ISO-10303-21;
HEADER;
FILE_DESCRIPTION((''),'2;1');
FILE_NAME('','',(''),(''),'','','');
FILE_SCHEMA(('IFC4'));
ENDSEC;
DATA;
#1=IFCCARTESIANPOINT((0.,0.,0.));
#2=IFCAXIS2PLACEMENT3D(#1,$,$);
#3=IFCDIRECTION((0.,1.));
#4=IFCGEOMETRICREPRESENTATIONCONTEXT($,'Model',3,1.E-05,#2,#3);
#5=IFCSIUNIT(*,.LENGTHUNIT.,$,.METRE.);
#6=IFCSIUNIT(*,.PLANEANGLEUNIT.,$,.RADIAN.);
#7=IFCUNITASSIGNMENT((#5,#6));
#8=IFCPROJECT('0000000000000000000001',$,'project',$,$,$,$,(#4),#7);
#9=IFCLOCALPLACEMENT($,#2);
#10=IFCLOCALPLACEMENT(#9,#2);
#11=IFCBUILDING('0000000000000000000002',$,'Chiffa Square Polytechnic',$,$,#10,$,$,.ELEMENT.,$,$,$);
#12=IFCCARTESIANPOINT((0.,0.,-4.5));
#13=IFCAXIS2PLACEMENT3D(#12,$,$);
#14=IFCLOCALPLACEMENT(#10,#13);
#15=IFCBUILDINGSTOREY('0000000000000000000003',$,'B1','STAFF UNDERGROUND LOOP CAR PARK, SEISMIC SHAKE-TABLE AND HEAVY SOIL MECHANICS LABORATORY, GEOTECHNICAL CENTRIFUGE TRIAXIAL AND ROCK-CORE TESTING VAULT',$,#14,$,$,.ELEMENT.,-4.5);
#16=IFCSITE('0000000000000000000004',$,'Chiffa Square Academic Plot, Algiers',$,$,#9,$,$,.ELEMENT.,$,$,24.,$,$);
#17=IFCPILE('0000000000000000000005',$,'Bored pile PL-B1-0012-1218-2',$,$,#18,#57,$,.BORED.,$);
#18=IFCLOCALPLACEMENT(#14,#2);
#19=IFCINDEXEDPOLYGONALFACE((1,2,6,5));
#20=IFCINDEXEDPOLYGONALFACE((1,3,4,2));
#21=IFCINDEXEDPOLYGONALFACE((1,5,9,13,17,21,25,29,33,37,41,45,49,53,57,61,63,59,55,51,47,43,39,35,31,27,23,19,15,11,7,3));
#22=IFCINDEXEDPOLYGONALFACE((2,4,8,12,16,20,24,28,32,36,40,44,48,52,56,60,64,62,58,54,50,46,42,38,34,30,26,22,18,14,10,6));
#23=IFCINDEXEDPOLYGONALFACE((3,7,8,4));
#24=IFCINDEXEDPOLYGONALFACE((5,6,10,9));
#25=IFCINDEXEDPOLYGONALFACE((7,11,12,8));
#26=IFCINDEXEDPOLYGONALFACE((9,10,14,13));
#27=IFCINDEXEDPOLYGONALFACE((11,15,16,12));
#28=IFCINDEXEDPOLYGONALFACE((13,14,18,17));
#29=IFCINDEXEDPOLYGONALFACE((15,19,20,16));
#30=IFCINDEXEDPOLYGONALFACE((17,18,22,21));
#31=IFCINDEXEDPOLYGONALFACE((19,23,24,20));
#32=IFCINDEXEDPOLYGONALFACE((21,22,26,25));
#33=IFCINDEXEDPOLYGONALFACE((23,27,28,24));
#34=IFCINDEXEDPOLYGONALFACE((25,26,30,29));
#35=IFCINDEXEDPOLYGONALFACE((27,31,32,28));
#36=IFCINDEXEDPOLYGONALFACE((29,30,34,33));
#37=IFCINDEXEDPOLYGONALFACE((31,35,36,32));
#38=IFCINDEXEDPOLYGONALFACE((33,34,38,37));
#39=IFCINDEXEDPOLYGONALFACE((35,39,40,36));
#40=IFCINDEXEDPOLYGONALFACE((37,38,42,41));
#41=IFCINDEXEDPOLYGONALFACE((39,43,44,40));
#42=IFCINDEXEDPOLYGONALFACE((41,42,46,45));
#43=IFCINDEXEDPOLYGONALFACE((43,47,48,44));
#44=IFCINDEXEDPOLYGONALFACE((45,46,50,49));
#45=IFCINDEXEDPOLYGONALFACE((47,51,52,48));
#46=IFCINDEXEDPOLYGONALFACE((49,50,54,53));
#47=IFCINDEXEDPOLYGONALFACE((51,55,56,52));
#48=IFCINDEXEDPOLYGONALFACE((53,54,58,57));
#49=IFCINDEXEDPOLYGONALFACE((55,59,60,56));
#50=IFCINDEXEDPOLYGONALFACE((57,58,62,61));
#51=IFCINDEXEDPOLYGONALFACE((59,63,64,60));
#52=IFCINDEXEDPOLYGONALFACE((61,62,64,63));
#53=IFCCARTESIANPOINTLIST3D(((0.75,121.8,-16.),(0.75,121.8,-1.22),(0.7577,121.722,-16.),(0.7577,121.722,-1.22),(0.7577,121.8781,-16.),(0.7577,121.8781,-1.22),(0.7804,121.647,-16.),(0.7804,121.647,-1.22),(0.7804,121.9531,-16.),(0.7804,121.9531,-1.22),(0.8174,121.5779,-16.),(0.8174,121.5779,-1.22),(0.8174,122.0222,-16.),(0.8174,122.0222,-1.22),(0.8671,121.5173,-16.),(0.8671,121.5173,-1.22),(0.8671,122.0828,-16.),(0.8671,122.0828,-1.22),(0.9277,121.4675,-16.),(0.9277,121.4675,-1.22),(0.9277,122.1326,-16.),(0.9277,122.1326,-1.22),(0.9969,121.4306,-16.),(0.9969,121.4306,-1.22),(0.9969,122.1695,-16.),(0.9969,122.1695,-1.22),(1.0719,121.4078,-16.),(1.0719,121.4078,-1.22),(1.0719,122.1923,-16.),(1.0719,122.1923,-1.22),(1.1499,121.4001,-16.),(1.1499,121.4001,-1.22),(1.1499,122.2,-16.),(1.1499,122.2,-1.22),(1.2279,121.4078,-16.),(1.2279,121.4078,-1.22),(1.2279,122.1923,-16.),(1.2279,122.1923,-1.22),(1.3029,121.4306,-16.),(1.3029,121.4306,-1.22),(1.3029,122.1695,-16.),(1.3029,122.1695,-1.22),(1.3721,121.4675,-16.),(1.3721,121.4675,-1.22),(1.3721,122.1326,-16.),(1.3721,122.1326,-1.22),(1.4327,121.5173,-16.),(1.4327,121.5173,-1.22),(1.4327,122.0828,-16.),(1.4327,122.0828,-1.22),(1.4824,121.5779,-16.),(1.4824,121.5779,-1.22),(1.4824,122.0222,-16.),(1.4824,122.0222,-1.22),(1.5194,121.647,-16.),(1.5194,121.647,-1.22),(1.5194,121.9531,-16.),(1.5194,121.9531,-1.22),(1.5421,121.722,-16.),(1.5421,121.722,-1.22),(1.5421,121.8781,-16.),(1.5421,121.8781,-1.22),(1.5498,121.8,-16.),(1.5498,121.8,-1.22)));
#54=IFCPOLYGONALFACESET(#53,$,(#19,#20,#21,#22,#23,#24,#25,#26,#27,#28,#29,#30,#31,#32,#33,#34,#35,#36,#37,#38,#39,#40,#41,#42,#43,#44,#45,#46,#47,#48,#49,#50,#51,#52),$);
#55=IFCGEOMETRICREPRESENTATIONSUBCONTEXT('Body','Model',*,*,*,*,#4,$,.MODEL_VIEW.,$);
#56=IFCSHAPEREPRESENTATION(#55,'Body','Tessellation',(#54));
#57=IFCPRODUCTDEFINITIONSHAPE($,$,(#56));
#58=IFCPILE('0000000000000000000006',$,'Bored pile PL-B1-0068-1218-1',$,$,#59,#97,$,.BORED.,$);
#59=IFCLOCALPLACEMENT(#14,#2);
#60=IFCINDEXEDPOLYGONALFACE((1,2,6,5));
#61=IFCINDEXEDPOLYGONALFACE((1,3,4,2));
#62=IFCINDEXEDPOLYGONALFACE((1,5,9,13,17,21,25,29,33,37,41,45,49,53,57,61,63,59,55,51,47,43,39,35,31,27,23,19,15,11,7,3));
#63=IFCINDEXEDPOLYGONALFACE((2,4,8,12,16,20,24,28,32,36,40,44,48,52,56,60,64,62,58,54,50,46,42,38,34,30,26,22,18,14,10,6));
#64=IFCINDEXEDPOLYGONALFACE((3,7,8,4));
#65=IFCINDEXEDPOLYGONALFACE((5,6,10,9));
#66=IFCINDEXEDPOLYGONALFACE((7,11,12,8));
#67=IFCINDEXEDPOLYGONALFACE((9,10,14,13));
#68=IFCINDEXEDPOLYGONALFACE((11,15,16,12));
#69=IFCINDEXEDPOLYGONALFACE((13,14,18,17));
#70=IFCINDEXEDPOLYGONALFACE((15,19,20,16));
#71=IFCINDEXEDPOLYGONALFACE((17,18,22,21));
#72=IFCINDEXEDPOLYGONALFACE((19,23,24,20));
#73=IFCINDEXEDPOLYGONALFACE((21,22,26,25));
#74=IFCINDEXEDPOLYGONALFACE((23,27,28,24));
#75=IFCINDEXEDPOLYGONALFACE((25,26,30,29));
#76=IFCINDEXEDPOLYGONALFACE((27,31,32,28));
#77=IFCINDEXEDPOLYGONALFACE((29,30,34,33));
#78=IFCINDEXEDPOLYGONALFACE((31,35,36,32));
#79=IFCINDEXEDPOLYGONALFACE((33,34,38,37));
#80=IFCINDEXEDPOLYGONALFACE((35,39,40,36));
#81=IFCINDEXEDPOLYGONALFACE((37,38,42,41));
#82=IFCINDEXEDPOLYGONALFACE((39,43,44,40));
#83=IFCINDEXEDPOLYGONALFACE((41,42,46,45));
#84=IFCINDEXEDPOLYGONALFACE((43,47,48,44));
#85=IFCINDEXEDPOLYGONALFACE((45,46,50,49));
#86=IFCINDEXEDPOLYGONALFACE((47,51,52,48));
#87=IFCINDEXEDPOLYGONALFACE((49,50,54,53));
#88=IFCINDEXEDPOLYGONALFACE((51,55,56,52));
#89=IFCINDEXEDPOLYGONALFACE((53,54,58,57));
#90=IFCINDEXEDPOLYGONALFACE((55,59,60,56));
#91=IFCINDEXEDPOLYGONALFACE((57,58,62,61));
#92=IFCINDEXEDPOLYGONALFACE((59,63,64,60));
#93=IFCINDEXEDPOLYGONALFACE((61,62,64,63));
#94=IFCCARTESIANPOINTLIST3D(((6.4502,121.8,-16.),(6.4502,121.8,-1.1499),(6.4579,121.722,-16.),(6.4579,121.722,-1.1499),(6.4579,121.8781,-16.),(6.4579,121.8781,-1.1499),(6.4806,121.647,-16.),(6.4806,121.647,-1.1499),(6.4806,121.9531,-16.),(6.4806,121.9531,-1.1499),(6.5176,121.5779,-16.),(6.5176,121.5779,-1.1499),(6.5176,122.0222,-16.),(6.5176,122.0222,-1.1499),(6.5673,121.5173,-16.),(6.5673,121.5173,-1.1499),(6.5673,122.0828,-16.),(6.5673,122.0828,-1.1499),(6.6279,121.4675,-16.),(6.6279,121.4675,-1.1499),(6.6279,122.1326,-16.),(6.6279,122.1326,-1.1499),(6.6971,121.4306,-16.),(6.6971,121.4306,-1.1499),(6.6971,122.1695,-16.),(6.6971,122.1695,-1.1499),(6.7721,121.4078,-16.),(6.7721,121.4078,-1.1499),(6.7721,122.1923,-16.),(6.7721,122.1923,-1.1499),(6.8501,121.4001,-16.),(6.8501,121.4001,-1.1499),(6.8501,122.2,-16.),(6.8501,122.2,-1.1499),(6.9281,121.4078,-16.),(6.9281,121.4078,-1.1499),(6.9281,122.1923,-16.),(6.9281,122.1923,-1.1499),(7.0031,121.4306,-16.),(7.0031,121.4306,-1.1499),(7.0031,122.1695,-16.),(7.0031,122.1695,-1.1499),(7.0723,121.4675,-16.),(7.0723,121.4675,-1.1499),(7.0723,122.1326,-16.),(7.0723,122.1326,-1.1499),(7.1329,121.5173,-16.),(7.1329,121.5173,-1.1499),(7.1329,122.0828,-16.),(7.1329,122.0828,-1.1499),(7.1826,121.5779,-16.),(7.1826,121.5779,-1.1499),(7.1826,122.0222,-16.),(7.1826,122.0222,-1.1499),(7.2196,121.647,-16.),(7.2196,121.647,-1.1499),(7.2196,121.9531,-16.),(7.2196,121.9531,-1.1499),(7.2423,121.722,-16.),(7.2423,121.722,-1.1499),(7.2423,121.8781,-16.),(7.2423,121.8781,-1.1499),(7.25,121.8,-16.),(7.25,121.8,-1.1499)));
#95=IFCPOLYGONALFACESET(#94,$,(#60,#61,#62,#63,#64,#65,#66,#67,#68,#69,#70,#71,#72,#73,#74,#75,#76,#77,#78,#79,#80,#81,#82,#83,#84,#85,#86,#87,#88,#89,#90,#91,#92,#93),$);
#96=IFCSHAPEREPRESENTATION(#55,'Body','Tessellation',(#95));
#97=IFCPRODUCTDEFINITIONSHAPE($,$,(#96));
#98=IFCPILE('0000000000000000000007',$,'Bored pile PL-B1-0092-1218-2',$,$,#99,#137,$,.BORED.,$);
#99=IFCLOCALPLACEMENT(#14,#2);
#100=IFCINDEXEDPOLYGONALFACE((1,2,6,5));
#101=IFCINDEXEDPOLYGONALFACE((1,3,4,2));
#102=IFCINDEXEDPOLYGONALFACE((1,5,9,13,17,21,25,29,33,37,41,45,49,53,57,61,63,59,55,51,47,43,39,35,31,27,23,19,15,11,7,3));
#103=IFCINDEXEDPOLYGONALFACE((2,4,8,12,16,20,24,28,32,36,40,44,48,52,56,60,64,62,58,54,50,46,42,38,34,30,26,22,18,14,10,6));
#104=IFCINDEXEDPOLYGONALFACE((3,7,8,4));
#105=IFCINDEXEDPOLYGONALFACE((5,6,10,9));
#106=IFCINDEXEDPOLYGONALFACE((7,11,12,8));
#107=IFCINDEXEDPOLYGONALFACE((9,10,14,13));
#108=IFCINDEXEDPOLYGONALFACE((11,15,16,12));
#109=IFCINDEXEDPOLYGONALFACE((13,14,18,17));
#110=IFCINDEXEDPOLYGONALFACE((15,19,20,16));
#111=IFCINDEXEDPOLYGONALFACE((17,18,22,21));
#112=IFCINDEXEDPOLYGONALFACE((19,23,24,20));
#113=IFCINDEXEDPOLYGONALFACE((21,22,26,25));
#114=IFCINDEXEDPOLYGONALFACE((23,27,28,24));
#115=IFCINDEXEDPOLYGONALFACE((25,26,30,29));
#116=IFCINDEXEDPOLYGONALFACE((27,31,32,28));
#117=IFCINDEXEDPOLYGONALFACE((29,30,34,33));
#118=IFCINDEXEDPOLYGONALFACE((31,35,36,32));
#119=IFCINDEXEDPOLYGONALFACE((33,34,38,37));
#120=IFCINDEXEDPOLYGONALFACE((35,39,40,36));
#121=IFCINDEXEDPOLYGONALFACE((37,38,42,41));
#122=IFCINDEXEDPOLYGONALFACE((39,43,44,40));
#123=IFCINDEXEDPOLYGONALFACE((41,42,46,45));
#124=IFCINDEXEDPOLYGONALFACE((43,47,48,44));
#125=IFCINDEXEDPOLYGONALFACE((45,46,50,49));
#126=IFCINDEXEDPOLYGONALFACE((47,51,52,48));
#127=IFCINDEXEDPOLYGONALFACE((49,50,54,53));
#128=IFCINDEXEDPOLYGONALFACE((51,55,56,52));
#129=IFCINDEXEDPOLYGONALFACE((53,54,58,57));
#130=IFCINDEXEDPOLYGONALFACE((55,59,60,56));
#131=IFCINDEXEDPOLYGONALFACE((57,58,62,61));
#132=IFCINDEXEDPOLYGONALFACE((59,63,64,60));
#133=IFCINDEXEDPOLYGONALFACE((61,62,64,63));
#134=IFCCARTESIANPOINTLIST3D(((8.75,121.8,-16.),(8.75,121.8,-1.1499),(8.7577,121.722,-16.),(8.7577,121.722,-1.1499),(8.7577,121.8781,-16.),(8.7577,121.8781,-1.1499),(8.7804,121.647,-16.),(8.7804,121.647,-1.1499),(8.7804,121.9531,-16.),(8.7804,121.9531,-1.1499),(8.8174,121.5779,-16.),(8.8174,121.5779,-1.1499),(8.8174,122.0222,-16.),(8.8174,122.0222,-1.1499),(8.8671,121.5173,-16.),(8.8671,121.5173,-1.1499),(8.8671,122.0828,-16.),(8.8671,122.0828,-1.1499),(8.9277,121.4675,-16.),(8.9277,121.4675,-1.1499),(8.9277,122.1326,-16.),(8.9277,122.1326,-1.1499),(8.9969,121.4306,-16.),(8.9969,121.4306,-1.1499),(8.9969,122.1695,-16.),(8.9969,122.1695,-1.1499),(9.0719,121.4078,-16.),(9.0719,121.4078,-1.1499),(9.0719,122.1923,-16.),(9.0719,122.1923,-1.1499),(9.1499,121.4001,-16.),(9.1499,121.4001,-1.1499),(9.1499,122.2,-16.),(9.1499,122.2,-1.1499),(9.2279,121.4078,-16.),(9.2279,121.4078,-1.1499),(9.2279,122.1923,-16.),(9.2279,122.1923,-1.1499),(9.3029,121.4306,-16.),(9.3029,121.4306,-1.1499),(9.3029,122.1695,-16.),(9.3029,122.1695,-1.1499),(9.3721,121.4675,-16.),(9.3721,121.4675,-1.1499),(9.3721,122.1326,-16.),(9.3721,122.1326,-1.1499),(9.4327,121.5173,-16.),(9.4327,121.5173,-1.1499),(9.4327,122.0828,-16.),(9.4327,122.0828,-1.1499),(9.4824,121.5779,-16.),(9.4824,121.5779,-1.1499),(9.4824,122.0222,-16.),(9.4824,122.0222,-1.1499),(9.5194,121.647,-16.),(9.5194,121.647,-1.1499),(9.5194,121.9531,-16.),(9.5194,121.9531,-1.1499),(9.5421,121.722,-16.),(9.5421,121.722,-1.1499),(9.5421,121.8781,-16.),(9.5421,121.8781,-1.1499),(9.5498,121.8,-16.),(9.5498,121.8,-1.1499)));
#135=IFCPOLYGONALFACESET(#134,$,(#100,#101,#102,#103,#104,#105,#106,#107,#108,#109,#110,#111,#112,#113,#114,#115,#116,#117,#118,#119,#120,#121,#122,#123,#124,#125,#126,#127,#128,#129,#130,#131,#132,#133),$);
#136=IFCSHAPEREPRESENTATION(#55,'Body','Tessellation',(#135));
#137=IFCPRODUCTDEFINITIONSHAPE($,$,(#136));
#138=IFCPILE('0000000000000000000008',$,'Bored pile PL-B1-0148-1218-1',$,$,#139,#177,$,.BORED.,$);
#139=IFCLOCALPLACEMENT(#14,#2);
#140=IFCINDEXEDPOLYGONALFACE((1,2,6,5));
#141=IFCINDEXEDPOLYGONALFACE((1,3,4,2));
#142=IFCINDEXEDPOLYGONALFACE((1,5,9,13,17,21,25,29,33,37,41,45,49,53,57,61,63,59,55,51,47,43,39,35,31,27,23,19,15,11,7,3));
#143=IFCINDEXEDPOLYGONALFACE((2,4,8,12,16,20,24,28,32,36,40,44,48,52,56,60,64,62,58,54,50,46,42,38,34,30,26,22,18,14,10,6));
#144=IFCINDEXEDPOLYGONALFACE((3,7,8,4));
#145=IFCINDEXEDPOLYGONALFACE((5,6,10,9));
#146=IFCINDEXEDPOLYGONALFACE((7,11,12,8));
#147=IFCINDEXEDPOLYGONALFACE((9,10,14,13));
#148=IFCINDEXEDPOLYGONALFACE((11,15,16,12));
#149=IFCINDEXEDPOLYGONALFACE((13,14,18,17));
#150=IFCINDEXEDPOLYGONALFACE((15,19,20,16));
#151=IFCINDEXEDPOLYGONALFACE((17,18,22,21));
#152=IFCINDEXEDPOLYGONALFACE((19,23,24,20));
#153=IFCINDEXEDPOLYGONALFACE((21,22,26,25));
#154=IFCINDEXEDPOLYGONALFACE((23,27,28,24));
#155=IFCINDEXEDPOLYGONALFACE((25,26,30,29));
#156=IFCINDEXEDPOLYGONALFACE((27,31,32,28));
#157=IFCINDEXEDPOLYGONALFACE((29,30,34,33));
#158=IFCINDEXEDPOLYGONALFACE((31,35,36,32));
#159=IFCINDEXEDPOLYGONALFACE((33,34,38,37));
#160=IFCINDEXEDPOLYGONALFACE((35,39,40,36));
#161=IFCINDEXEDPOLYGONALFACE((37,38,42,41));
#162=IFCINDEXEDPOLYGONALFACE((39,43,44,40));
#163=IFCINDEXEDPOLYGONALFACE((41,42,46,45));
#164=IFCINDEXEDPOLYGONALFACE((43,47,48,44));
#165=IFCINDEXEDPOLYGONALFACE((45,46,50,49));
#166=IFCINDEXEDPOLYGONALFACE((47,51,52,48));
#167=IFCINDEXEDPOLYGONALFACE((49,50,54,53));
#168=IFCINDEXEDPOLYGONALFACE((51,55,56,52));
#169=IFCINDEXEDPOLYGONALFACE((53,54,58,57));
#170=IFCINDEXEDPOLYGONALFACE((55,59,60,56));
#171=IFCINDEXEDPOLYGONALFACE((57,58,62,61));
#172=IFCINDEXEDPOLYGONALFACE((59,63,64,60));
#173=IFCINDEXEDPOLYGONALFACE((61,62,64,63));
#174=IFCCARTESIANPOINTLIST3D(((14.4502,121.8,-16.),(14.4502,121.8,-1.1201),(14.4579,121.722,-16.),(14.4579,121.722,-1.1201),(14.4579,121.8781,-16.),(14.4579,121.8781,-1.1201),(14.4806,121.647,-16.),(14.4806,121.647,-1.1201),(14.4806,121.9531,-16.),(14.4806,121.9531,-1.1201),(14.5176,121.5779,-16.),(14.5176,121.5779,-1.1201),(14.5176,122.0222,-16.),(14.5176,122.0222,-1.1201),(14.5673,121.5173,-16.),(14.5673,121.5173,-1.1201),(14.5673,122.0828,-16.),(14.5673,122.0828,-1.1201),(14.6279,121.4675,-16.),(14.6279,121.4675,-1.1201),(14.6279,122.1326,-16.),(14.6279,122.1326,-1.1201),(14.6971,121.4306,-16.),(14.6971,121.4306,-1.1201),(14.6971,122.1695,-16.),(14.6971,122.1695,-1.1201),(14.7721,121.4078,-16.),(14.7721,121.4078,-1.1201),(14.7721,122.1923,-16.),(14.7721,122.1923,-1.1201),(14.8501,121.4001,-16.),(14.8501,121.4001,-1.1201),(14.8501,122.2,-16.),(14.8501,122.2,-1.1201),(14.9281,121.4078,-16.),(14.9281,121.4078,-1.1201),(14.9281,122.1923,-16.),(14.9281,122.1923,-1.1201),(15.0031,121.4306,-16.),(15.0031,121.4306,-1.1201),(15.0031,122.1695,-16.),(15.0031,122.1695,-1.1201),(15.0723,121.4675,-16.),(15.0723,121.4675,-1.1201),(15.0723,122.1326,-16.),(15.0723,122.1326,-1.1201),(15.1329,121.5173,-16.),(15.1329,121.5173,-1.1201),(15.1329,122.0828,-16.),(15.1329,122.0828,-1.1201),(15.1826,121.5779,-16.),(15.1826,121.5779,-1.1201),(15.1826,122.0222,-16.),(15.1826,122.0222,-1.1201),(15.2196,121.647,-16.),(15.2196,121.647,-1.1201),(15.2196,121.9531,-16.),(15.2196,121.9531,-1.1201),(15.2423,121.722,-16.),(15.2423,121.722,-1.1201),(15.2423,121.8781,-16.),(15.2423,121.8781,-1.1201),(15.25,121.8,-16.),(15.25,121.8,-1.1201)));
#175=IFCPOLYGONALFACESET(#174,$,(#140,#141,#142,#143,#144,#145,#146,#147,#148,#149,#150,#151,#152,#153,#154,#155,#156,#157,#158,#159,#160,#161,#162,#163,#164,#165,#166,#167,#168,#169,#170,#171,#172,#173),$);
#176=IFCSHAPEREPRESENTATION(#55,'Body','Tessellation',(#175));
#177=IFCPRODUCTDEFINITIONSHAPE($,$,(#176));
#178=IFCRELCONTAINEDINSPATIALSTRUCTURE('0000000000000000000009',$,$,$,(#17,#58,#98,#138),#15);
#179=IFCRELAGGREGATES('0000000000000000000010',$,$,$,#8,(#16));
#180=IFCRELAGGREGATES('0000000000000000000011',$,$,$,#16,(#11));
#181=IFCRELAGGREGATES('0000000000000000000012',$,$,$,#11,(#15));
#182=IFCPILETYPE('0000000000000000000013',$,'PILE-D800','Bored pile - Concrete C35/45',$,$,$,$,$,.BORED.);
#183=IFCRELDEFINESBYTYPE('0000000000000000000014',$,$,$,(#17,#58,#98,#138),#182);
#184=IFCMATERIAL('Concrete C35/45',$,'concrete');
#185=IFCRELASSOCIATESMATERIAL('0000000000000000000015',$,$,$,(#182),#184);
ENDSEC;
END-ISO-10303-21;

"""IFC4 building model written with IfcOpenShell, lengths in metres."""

from ifc_helpers import new_model, si_unit, direction, frame, origin, origin_2d, place, context, subcontext, project, spatial, circle, extrude, material, material_profile, profile_set, type_object, element, save


model = new_model("IFC4")

# Units and contexts
model_context = context("Model", 3, precision=1e-05, world=origin(), true_north=direction((0.0, 1.0)))
body_context = subcontext(model_context, "Body", "Model", "MODEL_VIEW")
ifc_project = project(units=[si_unit("LENGTHUNIT", "METRE"), si_unit("PLANEANGLEUNIT", "RADIAN")], contexts=[model_context])

# Site, building, storey
site_placement = place(None, origin())
site = spatial("IfcSite", under=ifc_project, at=site_placement, Name="Chiffa Square Academic Plot, Algiers", CompositionType="ELEMENT", RefElevation=24.0)
building_placement = place(site_placement, origin())
building = spatial("IfcBuilding", under=site, at=building_placement, Name="Chiffa Square Polytechnic", CompositionType="ELEMENT")
storey_placement = place(building_placement, frame((0.0, 0.0, -4.5)))
storey = spatial("IfcBuildingStorey", under=building, at=storey_placement, Name="B1", Description="STAFF UNDERGROUND LOOP CAR PARK, SEISMIC SHAKE-TABLE AND HEAVY SOIL MECHANICS LABORATORY, GEOTECHNICAL CENTRIFUGE TRIAXIAL AND ROCK-CORE TESTING VAULT", CompositionType="ELEMENT", Elevation=-4.5)

# Shared definitions
ifc_material_1 = material(Name="Concrete C35/45", Category="concrete")

# Piles
ifc_material_profile_1 = material_profile(ifc_material_1, circle(Radius=0.3999, at=origin_2d()), Name="PILE D800")
ifc_profile_set_1 = profile_set([ifc_material_profile_1], Name="Concrete C35/45")
pile_type_1 = type_object("IfcPileType", Name="PILE-D800", Description="Bored pile - Concrete C35/45", PredefinedType="BORED", material=ifc_profile_set_1)
for number, where, z_axis, x_axis, name in (
    (1, (1.1499, 121.8, -1.22), (0.0, 0.0, -1.0), (1.0, 0.0, 0.0), "Bored pile PL-B1-0012-1218-2"),
):
    element("IfcPile", number, at=place(storey_placement, frame(where, z_axis=z_axis, x_axis=x_axis)), inside=storey, type_object=pile_type_1, Name=name, PredefinedType="BORED", context=body_context, shape_type="SweptSolid", body=[
        extrude(circle(Radius=0.3999, at=origin_2d()), origin(), (0.0, 0.0, 1.0), 14.78),
    ])
for number, where, z_axis, x_axis, name in (
    (2, (6.8501, 121.8, -1.1499), (0.0, 0.0, -1.0), (1.0, 0.0, 0.0), "Bored pile PL-B1-0068-1218-1"),
    (3, (9.1499, 121.8, -1.1499), (0.0, 0.0, -1.0), (1.0, 0.0, 0.0), "Bored pile PL-B1-0092-1218-2"),
):
    element("IfcPile", number, at=place(storey_placement, frame(where, z_axis=z_axis, x_axis=x_axis)), inside=storey, type_object=pile_type_1, Name=name, PredefinedType="BORED", context=body_context, shape_type="SweptSolid", body=[
        extrude(circle(Radius=0.3999, at=origin_2d()), origin(), (0.0, 0.0, 1.0), 14.8501),
    ])
pile_1_placement = place(storey_placement, frame((14.8501, 121.8, -1.1201), z_axis=(0.0, 0.0, -1.0), x_axis=(1.0, 0.0, 0.0)))
element("IfcPile", 4, at=pile_1_placement, inside=storey, type_object=pile_type_1, Name="Bored pile PL-B1-0148-1218-1", PredefinedType="BORED", context=body_context, shape_type="SweptSolid", body=[
    extrude(circle(Radius=0.3999, at=origin_2d()), origin(), (0.0, 0.0, 1.0), 14.8799),
])

save(model, "model.ifc")
